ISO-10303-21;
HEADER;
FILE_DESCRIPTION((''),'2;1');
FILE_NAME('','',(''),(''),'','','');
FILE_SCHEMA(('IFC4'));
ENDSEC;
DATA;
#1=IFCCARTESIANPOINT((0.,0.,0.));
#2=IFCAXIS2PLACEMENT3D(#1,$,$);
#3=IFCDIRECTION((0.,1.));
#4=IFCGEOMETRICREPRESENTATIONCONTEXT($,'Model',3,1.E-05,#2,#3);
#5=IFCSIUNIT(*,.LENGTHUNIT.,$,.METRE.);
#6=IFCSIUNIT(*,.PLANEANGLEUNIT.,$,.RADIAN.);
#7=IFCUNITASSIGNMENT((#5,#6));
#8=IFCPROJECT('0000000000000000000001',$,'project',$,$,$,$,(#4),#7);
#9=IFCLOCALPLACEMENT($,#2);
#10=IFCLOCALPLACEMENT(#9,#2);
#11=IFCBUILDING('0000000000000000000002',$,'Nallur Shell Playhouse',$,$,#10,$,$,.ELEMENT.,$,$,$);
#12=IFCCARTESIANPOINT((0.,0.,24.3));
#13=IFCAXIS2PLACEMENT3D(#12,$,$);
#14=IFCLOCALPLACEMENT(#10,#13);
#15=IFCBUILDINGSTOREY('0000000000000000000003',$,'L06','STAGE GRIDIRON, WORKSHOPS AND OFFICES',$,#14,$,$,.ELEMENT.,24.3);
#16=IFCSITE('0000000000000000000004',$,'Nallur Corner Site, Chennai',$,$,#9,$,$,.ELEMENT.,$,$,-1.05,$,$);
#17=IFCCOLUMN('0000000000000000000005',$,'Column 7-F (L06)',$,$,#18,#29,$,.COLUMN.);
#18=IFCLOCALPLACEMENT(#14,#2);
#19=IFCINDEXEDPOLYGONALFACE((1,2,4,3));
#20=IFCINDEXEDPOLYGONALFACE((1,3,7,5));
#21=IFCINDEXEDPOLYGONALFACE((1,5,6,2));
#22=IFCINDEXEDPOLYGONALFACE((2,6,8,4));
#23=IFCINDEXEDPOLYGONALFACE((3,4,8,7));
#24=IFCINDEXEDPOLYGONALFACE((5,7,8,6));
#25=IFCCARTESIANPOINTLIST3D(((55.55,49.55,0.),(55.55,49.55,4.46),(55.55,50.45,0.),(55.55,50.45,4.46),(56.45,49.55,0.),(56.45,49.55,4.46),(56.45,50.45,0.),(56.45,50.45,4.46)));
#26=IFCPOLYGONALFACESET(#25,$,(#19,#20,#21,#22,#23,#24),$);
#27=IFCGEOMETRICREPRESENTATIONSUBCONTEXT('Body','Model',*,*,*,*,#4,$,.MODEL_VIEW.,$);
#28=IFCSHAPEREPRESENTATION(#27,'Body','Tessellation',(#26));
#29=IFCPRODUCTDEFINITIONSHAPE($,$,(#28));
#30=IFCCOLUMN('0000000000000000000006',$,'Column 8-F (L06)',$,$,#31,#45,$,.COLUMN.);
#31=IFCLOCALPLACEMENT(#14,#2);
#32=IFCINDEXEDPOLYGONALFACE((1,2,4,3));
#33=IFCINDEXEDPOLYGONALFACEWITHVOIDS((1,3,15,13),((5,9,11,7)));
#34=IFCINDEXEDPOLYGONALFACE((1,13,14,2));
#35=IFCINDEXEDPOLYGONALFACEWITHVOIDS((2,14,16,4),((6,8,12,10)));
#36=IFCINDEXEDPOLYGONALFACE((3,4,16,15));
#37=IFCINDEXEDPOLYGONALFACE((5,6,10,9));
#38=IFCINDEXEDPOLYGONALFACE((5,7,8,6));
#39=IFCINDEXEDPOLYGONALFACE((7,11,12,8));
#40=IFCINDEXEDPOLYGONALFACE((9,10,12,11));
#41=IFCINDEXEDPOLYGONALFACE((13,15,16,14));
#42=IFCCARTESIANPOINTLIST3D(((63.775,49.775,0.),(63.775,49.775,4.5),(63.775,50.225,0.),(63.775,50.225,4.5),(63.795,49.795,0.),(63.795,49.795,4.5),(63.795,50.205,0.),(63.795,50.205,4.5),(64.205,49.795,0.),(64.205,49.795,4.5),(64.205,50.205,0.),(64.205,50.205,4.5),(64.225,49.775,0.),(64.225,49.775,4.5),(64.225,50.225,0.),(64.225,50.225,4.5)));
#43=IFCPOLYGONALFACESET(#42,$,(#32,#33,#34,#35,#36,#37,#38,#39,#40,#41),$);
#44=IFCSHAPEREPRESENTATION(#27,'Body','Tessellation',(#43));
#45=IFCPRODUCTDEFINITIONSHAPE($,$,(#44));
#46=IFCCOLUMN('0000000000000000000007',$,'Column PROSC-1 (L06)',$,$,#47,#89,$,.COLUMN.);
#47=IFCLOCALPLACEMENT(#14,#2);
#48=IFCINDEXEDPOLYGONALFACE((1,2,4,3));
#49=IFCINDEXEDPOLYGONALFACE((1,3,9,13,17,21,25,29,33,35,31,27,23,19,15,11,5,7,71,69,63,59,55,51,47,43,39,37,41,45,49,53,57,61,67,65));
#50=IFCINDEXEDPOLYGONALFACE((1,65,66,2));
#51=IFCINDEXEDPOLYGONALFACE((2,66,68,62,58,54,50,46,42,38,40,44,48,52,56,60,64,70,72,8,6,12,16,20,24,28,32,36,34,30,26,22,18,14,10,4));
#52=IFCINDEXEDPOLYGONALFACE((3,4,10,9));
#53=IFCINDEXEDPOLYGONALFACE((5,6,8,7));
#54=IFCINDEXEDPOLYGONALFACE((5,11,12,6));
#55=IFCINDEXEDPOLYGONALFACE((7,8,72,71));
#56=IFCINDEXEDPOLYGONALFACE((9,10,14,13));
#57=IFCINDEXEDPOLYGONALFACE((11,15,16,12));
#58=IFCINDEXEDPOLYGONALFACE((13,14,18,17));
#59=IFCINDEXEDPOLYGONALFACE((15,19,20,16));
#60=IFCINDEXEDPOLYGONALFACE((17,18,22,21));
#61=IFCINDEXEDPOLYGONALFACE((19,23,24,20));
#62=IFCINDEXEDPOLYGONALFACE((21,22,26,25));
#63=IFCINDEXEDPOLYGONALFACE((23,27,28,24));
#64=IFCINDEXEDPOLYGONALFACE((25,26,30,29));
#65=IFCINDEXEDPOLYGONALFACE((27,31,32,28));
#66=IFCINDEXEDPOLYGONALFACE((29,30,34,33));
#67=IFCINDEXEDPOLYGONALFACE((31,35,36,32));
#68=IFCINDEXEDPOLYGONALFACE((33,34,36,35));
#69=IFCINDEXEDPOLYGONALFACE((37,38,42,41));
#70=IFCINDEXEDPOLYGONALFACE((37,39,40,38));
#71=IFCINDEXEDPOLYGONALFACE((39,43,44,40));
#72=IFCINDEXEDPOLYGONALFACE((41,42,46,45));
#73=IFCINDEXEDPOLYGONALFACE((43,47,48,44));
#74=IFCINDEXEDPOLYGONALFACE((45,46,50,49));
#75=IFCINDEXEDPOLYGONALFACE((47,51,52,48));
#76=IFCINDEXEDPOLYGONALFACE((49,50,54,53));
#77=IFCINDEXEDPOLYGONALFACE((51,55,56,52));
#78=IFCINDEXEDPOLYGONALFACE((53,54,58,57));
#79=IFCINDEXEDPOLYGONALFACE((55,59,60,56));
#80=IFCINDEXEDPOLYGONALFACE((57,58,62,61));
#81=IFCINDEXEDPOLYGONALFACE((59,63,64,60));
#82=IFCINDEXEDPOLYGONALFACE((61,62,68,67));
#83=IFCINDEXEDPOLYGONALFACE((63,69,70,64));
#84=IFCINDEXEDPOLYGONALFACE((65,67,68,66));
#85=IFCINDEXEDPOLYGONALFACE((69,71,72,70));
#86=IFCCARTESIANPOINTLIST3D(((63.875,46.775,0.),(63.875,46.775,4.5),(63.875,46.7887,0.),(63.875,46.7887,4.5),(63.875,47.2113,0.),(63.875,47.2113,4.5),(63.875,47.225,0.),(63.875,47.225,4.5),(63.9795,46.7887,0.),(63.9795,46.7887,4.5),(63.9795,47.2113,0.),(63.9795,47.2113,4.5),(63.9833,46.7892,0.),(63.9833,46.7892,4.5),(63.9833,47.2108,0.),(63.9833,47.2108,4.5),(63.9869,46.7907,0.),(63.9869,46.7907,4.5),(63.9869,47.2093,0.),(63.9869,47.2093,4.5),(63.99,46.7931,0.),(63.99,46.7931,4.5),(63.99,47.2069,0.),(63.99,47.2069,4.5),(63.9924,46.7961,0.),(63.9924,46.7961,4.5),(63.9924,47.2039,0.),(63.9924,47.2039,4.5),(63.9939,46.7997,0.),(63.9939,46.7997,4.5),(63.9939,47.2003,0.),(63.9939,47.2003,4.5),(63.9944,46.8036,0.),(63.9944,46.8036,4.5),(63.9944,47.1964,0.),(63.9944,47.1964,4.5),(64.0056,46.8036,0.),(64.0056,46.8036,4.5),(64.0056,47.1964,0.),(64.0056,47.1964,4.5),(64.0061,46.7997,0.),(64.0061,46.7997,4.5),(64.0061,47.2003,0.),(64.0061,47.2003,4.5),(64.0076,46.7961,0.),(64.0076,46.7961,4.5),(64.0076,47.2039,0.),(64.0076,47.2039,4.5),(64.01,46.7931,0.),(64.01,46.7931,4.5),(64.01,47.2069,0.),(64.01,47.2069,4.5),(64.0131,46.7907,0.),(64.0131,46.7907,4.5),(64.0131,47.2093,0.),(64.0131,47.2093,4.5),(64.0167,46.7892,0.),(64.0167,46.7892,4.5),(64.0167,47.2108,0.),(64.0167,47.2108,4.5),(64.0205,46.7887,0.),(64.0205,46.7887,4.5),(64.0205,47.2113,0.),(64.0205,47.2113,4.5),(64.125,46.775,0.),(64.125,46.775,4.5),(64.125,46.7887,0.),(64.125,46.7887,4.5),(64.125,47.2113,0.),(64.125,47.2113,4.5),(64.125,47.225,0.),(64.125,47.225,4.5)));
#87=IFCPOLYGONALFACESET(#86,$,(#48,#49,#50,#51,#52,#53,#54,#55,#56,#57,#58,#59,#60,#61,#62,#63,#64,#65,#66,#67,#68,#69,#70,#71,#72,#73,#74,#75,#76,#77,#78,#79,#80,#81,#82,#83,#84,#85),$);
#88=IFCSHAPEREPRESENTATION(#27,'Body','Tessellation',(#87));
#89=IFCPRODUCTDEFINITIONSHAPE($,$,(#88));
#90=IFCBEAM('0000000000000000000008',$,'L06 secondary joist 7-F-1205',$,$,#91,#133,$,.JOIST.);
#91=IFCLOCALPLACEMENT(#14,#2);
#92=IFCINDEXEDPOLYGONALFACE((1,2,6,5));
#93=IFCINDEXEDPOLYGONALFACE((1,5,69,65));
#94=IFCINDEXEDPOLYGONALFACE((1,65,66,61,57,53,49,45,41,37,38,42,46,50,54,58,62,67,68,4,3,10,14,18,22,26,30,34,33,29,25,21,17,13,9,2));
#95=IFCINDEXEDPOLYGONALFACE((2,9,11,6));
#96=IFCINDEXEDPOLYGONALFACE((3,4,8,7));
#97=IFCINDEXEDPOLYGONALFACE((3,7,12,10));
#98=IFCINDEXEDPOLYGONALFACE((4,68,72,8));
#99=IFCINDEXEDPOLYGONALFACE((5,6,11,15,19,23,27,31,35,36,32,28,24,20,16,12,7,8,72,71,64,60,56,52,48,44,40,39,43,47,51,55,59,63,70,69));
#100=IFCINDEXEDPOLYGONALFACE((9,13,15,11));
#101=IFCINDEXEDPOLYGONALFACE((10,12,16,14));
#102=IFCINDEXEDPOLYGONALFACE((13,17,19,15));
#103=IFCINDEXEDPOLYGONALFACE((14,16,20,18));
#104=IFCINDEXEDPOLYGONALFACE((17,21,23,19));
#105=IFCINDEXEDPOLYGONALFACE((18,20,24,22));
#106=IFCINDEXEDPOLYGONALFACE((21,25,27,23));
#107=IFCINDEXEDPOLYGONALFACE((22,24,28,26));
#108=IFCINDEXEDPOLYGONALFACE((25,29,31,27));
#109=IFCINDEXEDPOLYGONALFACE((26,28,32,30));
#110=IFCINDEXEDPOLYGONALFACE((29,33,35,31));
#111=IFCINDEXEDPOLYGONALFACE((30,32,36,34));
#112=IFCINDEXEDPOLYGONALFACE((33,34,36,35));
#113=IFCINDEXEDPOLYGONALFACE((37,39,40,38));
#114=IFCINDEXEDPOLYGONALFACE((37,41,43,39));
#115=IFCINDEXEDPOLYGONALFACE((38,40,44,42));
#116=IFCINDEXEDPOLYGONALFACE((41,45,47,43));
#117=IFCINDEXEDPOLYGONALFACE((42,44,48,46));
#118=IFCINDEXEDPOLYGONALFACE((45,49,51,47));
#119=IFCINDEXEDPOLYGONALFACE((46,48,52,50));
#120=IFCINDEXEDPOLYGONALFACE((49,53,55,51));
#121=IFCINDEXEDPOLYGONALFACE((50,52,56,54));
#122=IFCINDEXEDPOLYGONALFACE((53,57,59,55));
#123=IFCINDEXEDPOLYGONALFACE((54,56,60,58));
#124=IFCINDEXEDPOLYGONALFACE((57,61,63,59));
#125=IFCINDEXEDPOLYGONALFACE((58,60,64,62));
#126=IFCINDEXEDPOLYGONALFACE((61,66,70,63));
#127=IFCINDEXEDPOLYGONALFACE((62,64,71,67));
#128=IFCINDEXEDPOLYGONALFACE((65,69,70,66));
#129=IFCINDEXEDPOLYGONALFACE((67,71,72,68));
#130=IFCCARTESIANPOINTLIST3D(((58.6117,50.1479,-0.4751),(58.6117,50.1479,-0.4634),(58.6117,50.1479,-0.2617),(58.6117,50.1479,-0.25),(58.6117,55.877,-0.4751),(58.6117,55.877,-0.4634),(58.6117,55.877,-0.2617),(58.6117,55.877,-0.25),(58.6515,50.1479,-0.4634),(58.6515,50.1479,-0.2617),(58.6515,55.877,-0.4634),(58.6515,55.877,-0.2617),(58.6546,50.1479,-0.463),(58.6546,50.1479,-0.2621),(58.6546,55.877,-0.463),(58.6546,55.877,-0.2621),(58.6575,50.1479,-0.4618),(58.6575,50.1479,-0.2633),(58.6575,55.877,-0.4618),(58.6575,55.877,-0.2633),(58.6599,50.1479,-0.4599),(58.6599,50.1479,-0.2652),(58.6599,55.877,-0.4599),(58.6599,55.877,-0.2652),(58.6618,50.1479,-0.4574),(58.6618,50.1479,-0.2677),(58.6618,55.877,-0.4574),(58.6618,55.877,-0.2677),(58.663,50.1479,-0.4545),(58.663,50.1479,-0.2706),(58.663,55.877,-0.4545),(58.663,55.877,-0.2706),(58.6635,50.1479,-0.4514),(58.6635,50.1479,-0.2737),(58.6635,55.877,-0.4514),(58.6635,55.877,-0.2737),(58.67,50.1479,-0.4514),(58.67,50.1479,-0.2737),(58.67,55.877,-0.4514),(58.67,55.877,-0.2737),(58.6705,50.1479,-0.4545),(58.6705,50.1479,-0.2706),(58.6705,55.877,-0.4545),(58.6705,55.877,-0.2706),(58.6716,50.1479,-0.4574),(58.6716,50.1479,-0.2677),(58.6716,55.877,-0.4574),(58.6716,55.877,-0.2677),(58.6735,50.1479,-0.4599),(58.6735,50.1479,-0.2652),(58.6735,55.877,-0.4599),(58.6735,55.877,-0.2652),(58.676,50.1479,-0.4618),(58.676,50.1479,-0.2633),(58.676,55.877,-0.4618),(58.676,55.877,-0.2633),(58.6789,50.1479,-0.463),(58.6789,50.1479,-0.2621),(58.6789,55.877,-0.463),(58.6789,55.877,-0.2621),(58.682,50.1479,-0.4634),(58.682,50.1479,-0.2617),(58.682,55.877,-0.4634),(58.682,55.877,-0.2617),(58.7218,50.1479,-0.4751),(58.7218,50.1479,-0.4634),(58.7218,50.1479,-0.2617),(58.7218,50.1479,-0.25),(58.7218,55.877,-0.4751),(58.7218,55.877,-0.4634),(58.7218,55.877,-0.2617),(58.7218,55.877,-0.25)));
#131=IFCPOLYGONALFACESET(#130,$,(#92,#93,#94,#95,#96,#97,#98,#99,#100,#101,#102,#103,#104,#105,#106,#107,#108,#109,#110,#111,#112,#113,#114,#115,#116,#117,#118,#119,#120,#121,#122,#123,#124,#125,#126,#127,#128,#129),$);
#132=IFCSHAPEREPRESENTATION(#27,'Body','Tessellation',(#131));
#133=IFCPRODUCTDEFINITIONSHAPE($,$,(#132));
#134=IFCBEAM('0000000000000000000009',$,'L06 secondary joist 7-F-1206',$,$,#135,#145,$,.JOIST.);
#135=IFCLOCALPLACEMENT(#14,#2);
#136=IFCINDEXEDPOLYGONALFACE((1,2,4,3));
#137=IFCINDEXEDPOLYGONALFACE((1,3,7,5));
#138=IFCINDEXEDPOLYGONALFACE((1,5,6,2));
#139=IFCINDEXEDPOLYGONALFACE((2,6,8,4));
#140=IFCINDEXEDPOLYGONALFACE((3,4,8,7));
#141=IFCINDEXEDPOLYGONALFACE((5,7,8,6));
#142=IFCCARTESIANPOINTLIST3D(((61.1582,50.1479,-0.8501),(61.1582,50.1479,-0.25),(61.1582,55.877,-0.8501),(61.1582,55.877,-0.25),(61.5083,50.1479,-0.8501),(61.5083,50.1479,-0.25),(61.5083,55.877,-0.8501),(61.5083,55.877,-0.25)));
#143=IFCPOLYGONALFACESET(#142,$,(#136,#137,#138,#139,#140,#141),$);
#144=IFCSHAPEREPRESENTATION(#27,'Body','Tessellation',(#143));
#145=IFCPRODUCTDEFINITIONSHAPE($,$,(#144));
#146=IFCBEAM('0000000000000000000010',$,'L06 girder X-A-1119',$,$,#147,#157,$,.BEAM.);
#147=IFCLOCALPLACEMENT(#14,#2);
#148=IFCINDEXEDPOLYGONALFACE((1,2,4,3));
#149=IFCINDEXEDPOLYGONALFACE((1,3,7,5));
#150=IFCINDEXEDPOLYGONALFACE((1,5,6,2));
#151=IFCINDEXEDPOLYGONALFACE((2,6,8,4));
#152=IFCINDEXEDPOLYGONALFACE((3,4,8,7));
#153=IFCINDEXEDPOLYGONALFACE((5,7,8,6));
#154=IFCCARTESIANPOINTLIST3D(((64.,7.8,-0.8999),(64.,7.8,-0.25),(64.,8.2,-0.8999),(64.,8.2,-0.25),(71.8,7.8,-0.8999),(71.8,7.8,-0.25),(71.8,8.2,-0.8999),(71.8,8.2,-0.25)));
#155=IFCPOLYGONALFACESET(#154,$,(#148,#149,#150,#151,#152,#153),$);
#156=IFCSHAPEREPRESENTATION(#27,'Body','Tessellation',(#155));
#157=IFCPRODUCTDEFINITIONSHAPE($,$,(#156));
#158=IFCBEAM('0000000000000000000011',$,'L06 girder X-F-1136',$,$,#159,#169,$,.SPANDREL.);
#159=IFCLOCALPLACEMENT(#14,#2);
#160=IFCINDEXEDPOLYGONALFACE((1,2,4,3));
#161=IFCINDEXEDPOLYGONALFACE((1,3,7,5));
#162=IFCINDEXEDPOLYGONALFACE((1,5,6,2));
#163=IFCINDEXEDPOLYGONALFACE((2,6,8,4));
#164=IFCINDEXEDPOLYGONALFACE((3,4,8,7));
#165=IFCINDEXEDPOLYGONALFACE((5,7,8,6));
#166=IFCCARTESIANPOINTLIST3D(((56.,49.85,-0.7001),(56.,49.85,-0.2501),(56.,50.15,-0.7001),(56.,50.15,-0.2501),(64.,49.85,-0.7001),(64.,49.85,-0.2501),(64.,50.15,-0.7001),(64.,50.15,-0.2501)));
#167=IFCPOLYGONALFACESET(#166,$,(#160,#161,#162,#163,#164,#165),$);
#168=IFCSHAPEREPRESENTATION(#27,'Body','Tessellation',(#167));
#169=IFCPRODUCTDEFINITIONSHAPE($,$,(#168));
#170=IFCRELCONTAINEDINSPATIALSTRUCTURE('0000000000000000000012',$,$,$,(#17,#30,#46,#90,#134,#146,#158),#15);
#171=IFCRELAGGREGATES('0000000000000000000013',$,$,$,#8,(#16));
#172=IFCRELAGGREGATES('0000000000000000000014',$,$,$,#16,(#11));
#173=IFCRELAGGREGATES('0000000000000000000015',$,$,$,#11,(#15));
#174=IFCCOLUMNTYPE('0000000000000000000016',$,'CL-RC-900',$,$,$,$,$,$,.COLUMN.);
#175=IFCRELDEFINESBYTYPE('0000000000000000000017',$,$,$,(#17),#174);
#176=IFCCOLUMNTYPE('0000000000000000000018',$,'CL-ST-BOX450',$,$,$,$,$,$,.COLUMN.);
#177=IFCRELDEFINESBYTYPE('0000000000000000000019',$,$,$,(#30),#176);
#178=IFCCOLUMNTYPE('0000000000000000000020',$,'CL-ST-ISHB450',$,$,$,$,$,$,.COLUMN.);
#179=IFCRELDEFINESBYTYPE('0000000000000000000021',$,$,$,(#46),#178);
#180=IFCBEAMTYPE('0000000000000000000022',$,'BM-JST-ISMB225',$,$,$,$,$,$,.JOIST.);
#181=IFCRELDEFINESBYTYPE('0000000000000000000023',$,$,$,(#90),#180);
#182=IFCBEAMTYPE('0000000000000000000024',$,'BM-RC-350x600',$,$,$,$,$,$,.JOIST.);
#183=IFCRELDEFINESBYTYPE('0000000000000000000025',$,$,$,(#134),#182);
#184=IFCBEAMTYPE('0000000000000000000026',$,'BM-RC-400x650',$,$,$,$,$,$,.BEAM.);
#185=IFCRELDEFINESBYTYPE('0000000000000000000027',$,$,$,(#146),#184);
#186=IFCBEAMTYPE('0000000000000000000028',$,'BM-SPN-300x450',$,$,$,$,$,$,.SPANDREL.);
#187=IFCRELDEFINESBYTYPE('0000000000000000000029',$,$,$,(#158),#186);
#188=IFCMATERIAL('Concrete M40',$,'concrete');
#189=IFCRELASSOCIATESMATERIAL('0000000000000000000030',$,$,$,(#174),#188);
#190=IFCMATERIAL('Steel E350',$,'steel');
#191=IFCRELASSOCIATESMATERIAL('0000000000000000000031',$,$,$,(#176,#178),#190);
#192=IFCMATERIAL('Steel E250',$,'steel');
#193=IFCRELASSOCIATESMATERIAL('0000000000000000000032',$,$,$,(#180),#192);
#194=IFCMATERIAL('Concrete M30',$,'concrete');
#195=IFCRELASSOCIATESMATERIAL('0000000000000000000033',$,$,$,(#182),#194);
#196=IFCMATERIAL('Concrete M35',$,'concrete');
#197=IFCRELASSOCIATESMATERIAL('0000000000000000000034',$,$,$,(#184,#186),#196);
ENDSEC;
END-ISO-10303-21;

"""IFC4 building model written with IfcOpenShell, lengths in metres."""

from ifc_helpers import new_model, si_unit, direction, frame, origin, origin_2d, place, context, subcontext, project, spatial, rectangle, hollow_rectangle, i_section, extrude, material, material_profile, profile_set, type_object, element, save


model = new_model("IFC4")

# Units and contexts
model_context = context("Model", 3, precision=1e-05, world=origin(), true_north=direction((0.0, 1.0)))
body_context = subcontext(model_context, "Body", "Model", "MODEL_VIEW")
ifc_project = project(units=[si_unit("LENGTHUNIT", "METRE"), si_unit("PLANEANGLEUNIT", "RADIAN")], contexts=[model_context])

# Site, building, storey
site_placement = place(None, origin())
site = spatial("IfcSite", under=ifc_project, at=site_placement, Name="Nallur Corner Site, Chennai", CompositionType="ELEMENT", RefElevation=-1.05)
building_placement = place(site_placement, origin())
building = spatial("IfcBuilding", under=site, at=building_placement, Name="Nallur Shell Playhouse", CompositionType="ELEMENT")
storey_placement = place(building_placement, frame((0.0, 0.0, 24.3)))
storey = spatial("IfcBuildingStorey", under=building, at=storey_placement, Name="L06", Description="STAGE GRIDIRON, WORKSHOPS AND OFFICES", CompositionType="ELEMENT", Elevation=24.3)

# Columns
ifc_material_1 = material(Name="Concrete M40", Category="concrete")
ifc_material_profile_1 = material_profile(ifc_material_1, rectangle(XDim=0.8999, YDim=0.8999, at=origin_2d()), Name="RC 900x900")
ifc_profile_set_1 = profile_set([ifc_material_profile_1], Name="Concrete M40")
column_type_1 = type_object("IfcColumnType", Name="CL-RC-900", PredefinedType="COLUMN", material=ifc_profile_set_1)
column_1_placement = place(storey_placement, frame((56.0, 50.0, 0.0), z_axis=(0.0, 0.0, 1.0), x_axis=(1.0, 0.0, 0.0)))
element("IfcColumn", 1, at=column_1_placement, inside=storey, type_object=column_type_1, Name="Column 7-F (L06)", PredefinedType="COLUMN", context=body_context, shape_type="SweptSolid", body=[
    extrude(rectangle(XDim=0.8999, YDim=0.8999, at=origin_2d()), origin(), (0.0, 0.0, 1.0), 4.46),
])
ifc_material_2 = material(Name="Steel E350", Category="steel")
ifc_material_profile_2 = material_profile(ifc_material_2, hollow_rectangle(XDim=0.45, YDim=0.45, WallThickness=0.02, at=origin_2d()), Name="BOX 450x450x20")
ifc_profile_set_2 = profile_set([ifc_material_profile_2], Name="Steel E350")
column_type_2 = type_object("IfcColumnType", Name="CL-ST-BOX450", PredefinedType="COLUMN", material=ifc_profile_set_2)
column_2_placement = place(storey_placement, frame((64.0, 50.0, 0.0), z_axis=(0.0, 0.0, 1.0), x_axis=(1.0, 0.0, 0.0)))
element("IfcColumn", 2, at=column_2_placement, inside=storey, type_object=column_type_2, Name="Column 8-F (L06)", PredefinedType="COLUMN", context=body_context, shape_type="SweptSolid", body=[
    extrude(hollow_rectangle(XDim=0.45, YDim=0.45, WallThickness=0.02, at=origin_2d()), origin(), (0.0, 0.0, 1.0), 4.5),
])
ifc_material_profile_3 = material_profile(ifc_material_2, i_section(OverallWidth=0.25, OverallDepth=0.45, WebThickness=0.0112, FlangeThickness=0.0137, FilletRadius=0.0149, at=origin_2d()), Name="ISHB 450")
ifc_profile_set_3 = profile_set([ifc_material_profile_3], Name="Steel E350")
column_type_3 = type_object("IfcColumnType", Name="CL-ST-ISHB450", PredefinedType="COLUMN", material=ifc_profile_set_3)
column_3_placement = place(storey_placement, frame((64.0, 47.0, 0.0), z_axis=(0.0, 0.0, 1.0), x_axis=(1.0, 0.0, 0.0)))
element("IfcColumn", 3, at=column_3_placement, inside=storey, type_object=column_type_3, Name="Column PROSC-1 (L06)", PredefinedType="COLUMN", context=body_context, shape_type="SweptSolid", body=[
    extrude(i_section(OverallWidth=0.25, OverallDepth=0.45, WebThickness=0.0112, FlangeThickness=0.0137, FilletRadius=0.0149, at=origin_2d()), origin(), (0.0, 0.0, 1.0), 4.5),
])

# Beams
ifc_material_3 = material(Name="Steel E250", Category="steel")
ifc_material_profile_4 = material_profile(ifc_material_3, i_section(OverallWidth=0.1101, OverallDepth=0.2251, WebThickness=0.0066, FlangeThickness=0.0117, FilletRadius=0.012, at=origin_2d()), Name="ISMB 225")
ifc_profile_set_4 = profile_set([ifc_material_profile_4], Name="Steel E250")
beam_type_1 = type_object("IfcBeamType", Name="BM-JST-ISMB225", PredefinedType="JOIST", material=ifc_profile_set_4)
beam_1_placement = place(storey_placement, frame((58.6667, 50.1479, -0.3625), z_axis=(0.0, 1.0, 0.0), x_axis=(-1.0, 0.0, 0.0)))
element("IfcBeam", 4, at=beam_1_placement, inside=storey, type_object=beam_type_1, Name="L06 secondary joist 7-F-1205", PredefinedType="JOIST", context=body_context, shape_type="SweptSolid", body=[
    extrude(i_section(OverallWidth=0.1101, OverallDepth=0.2251, WebThickness=0.0066, FlangeThickness=0.0117, FilletRadius=0.012, at=origin_2d()), origin(), (0.0, 0.0, 1.0), 5.729),
])
ifc_material_4 = material(Name="Concrete M30", Category="concrete")
ifc_material_profile_5 = material_profile(ifc_material_4, rectangle(XDim=0.3501, YDim=0.6001, at=origin_2d()), Name="RC 350x600")
ifc_profile_set_5 = profile_set([ifc_material_profile_5], Name="Concrete M30")
beam_type_2 = type_object("IfcBeamType", Name="BM-RC-350x600", PredefinedType="JOIST", material=ifc_profile_set_5)
beam_2_placement = place(storey_placement, frame((61.3333, 50.1479, -0.55), z_axis=(0.0, 1.0, 0.0), x_axis=(-1.0, 0.0, 0.0)))
element("IfcBeam", 5, at=beam_2_placement, inside=storey, type_object=beam_type_2, Name="L06 secondary joist 7-F-1206", PredefinedType="JOIST", context=body_context, shape_type="SweptSolid", body=[
    extrude(rectangle(XDim=0.3501, YDim=0.6001, at=origin_2d()), origin(), (0.0, 0.0, 1.0), 5.729),
])
ifc_material_5 = material(Name="Concrete M35", Category="concrete")
ifc_material_profile_6 = material_profile(ifc_material_5, rectangle(XDim=0.3999, YDim=0.6499, at=origin_2d()), Name="RC 400x650")
ifc_profile_set_6 = profile_set([ifc_material_profile_6], Name="Concrete M35")
beam_type_3 = type_object("IfcBeamType", Name="BM-RC-400x650", PredefinedType="BEAM", material=ifc_profile_set_6)
beam_3_placement = place(storey_placement, frame((64.0, 8.0, -0.575), z_axis=(1.0, 0.0, 0.0), x_axis=(0.0, 1.0, 0.0)))
element("IfcBeam", 6, at=beam_3_placement, inside=storey, type_object=beam_type_3, Name="L06 girder X-A-1119", PredefinedType="BEAM", context=body_context, shape_type="SweptSolid", body=[
    extrude(rectangle(XDim=0.3999, YDim=0.6499, at=origin_2d()), origin(), (0.0, 0.0, 1.0), 7.8),
])
ifc_material_profile_7 = material_profile(ifc_material_5, rectangle(XDim=0.3, YDim=0.45, at=origin_2d()), Name="RC 300x450")
ifc_profile_set_7 = profile_set([ifc_material_profile_7], Name="Concrete M35")
beam_type_4 = type_object("IfcBeamType", Name="BM-SPN-300x450", PredefinedType="SPANDREL", material=ifc_profile_set_7)
beam_4_placement = place(storey_placement, frame((56.0, 50.0, -0.4751), z_axis=(1.0, 0.0, 0.0), x_axis=(0.0, 1.0, 0.0)))
element("IfcBeam", 7, at=beam_4_placement, inside=storey, type_object=beam_type_4, Name="L06 girder X-F-1136", PredefinedType="SPANDREL", context=body_context, shape_type="SweptSolid", body=[
    extrude(rectangle(XDim=0.3, YDim=0.45, at=origin_2d()), origin(), (0.0, 0.0, 1.0), 8.0),
])

save(model, "model.ifc")
